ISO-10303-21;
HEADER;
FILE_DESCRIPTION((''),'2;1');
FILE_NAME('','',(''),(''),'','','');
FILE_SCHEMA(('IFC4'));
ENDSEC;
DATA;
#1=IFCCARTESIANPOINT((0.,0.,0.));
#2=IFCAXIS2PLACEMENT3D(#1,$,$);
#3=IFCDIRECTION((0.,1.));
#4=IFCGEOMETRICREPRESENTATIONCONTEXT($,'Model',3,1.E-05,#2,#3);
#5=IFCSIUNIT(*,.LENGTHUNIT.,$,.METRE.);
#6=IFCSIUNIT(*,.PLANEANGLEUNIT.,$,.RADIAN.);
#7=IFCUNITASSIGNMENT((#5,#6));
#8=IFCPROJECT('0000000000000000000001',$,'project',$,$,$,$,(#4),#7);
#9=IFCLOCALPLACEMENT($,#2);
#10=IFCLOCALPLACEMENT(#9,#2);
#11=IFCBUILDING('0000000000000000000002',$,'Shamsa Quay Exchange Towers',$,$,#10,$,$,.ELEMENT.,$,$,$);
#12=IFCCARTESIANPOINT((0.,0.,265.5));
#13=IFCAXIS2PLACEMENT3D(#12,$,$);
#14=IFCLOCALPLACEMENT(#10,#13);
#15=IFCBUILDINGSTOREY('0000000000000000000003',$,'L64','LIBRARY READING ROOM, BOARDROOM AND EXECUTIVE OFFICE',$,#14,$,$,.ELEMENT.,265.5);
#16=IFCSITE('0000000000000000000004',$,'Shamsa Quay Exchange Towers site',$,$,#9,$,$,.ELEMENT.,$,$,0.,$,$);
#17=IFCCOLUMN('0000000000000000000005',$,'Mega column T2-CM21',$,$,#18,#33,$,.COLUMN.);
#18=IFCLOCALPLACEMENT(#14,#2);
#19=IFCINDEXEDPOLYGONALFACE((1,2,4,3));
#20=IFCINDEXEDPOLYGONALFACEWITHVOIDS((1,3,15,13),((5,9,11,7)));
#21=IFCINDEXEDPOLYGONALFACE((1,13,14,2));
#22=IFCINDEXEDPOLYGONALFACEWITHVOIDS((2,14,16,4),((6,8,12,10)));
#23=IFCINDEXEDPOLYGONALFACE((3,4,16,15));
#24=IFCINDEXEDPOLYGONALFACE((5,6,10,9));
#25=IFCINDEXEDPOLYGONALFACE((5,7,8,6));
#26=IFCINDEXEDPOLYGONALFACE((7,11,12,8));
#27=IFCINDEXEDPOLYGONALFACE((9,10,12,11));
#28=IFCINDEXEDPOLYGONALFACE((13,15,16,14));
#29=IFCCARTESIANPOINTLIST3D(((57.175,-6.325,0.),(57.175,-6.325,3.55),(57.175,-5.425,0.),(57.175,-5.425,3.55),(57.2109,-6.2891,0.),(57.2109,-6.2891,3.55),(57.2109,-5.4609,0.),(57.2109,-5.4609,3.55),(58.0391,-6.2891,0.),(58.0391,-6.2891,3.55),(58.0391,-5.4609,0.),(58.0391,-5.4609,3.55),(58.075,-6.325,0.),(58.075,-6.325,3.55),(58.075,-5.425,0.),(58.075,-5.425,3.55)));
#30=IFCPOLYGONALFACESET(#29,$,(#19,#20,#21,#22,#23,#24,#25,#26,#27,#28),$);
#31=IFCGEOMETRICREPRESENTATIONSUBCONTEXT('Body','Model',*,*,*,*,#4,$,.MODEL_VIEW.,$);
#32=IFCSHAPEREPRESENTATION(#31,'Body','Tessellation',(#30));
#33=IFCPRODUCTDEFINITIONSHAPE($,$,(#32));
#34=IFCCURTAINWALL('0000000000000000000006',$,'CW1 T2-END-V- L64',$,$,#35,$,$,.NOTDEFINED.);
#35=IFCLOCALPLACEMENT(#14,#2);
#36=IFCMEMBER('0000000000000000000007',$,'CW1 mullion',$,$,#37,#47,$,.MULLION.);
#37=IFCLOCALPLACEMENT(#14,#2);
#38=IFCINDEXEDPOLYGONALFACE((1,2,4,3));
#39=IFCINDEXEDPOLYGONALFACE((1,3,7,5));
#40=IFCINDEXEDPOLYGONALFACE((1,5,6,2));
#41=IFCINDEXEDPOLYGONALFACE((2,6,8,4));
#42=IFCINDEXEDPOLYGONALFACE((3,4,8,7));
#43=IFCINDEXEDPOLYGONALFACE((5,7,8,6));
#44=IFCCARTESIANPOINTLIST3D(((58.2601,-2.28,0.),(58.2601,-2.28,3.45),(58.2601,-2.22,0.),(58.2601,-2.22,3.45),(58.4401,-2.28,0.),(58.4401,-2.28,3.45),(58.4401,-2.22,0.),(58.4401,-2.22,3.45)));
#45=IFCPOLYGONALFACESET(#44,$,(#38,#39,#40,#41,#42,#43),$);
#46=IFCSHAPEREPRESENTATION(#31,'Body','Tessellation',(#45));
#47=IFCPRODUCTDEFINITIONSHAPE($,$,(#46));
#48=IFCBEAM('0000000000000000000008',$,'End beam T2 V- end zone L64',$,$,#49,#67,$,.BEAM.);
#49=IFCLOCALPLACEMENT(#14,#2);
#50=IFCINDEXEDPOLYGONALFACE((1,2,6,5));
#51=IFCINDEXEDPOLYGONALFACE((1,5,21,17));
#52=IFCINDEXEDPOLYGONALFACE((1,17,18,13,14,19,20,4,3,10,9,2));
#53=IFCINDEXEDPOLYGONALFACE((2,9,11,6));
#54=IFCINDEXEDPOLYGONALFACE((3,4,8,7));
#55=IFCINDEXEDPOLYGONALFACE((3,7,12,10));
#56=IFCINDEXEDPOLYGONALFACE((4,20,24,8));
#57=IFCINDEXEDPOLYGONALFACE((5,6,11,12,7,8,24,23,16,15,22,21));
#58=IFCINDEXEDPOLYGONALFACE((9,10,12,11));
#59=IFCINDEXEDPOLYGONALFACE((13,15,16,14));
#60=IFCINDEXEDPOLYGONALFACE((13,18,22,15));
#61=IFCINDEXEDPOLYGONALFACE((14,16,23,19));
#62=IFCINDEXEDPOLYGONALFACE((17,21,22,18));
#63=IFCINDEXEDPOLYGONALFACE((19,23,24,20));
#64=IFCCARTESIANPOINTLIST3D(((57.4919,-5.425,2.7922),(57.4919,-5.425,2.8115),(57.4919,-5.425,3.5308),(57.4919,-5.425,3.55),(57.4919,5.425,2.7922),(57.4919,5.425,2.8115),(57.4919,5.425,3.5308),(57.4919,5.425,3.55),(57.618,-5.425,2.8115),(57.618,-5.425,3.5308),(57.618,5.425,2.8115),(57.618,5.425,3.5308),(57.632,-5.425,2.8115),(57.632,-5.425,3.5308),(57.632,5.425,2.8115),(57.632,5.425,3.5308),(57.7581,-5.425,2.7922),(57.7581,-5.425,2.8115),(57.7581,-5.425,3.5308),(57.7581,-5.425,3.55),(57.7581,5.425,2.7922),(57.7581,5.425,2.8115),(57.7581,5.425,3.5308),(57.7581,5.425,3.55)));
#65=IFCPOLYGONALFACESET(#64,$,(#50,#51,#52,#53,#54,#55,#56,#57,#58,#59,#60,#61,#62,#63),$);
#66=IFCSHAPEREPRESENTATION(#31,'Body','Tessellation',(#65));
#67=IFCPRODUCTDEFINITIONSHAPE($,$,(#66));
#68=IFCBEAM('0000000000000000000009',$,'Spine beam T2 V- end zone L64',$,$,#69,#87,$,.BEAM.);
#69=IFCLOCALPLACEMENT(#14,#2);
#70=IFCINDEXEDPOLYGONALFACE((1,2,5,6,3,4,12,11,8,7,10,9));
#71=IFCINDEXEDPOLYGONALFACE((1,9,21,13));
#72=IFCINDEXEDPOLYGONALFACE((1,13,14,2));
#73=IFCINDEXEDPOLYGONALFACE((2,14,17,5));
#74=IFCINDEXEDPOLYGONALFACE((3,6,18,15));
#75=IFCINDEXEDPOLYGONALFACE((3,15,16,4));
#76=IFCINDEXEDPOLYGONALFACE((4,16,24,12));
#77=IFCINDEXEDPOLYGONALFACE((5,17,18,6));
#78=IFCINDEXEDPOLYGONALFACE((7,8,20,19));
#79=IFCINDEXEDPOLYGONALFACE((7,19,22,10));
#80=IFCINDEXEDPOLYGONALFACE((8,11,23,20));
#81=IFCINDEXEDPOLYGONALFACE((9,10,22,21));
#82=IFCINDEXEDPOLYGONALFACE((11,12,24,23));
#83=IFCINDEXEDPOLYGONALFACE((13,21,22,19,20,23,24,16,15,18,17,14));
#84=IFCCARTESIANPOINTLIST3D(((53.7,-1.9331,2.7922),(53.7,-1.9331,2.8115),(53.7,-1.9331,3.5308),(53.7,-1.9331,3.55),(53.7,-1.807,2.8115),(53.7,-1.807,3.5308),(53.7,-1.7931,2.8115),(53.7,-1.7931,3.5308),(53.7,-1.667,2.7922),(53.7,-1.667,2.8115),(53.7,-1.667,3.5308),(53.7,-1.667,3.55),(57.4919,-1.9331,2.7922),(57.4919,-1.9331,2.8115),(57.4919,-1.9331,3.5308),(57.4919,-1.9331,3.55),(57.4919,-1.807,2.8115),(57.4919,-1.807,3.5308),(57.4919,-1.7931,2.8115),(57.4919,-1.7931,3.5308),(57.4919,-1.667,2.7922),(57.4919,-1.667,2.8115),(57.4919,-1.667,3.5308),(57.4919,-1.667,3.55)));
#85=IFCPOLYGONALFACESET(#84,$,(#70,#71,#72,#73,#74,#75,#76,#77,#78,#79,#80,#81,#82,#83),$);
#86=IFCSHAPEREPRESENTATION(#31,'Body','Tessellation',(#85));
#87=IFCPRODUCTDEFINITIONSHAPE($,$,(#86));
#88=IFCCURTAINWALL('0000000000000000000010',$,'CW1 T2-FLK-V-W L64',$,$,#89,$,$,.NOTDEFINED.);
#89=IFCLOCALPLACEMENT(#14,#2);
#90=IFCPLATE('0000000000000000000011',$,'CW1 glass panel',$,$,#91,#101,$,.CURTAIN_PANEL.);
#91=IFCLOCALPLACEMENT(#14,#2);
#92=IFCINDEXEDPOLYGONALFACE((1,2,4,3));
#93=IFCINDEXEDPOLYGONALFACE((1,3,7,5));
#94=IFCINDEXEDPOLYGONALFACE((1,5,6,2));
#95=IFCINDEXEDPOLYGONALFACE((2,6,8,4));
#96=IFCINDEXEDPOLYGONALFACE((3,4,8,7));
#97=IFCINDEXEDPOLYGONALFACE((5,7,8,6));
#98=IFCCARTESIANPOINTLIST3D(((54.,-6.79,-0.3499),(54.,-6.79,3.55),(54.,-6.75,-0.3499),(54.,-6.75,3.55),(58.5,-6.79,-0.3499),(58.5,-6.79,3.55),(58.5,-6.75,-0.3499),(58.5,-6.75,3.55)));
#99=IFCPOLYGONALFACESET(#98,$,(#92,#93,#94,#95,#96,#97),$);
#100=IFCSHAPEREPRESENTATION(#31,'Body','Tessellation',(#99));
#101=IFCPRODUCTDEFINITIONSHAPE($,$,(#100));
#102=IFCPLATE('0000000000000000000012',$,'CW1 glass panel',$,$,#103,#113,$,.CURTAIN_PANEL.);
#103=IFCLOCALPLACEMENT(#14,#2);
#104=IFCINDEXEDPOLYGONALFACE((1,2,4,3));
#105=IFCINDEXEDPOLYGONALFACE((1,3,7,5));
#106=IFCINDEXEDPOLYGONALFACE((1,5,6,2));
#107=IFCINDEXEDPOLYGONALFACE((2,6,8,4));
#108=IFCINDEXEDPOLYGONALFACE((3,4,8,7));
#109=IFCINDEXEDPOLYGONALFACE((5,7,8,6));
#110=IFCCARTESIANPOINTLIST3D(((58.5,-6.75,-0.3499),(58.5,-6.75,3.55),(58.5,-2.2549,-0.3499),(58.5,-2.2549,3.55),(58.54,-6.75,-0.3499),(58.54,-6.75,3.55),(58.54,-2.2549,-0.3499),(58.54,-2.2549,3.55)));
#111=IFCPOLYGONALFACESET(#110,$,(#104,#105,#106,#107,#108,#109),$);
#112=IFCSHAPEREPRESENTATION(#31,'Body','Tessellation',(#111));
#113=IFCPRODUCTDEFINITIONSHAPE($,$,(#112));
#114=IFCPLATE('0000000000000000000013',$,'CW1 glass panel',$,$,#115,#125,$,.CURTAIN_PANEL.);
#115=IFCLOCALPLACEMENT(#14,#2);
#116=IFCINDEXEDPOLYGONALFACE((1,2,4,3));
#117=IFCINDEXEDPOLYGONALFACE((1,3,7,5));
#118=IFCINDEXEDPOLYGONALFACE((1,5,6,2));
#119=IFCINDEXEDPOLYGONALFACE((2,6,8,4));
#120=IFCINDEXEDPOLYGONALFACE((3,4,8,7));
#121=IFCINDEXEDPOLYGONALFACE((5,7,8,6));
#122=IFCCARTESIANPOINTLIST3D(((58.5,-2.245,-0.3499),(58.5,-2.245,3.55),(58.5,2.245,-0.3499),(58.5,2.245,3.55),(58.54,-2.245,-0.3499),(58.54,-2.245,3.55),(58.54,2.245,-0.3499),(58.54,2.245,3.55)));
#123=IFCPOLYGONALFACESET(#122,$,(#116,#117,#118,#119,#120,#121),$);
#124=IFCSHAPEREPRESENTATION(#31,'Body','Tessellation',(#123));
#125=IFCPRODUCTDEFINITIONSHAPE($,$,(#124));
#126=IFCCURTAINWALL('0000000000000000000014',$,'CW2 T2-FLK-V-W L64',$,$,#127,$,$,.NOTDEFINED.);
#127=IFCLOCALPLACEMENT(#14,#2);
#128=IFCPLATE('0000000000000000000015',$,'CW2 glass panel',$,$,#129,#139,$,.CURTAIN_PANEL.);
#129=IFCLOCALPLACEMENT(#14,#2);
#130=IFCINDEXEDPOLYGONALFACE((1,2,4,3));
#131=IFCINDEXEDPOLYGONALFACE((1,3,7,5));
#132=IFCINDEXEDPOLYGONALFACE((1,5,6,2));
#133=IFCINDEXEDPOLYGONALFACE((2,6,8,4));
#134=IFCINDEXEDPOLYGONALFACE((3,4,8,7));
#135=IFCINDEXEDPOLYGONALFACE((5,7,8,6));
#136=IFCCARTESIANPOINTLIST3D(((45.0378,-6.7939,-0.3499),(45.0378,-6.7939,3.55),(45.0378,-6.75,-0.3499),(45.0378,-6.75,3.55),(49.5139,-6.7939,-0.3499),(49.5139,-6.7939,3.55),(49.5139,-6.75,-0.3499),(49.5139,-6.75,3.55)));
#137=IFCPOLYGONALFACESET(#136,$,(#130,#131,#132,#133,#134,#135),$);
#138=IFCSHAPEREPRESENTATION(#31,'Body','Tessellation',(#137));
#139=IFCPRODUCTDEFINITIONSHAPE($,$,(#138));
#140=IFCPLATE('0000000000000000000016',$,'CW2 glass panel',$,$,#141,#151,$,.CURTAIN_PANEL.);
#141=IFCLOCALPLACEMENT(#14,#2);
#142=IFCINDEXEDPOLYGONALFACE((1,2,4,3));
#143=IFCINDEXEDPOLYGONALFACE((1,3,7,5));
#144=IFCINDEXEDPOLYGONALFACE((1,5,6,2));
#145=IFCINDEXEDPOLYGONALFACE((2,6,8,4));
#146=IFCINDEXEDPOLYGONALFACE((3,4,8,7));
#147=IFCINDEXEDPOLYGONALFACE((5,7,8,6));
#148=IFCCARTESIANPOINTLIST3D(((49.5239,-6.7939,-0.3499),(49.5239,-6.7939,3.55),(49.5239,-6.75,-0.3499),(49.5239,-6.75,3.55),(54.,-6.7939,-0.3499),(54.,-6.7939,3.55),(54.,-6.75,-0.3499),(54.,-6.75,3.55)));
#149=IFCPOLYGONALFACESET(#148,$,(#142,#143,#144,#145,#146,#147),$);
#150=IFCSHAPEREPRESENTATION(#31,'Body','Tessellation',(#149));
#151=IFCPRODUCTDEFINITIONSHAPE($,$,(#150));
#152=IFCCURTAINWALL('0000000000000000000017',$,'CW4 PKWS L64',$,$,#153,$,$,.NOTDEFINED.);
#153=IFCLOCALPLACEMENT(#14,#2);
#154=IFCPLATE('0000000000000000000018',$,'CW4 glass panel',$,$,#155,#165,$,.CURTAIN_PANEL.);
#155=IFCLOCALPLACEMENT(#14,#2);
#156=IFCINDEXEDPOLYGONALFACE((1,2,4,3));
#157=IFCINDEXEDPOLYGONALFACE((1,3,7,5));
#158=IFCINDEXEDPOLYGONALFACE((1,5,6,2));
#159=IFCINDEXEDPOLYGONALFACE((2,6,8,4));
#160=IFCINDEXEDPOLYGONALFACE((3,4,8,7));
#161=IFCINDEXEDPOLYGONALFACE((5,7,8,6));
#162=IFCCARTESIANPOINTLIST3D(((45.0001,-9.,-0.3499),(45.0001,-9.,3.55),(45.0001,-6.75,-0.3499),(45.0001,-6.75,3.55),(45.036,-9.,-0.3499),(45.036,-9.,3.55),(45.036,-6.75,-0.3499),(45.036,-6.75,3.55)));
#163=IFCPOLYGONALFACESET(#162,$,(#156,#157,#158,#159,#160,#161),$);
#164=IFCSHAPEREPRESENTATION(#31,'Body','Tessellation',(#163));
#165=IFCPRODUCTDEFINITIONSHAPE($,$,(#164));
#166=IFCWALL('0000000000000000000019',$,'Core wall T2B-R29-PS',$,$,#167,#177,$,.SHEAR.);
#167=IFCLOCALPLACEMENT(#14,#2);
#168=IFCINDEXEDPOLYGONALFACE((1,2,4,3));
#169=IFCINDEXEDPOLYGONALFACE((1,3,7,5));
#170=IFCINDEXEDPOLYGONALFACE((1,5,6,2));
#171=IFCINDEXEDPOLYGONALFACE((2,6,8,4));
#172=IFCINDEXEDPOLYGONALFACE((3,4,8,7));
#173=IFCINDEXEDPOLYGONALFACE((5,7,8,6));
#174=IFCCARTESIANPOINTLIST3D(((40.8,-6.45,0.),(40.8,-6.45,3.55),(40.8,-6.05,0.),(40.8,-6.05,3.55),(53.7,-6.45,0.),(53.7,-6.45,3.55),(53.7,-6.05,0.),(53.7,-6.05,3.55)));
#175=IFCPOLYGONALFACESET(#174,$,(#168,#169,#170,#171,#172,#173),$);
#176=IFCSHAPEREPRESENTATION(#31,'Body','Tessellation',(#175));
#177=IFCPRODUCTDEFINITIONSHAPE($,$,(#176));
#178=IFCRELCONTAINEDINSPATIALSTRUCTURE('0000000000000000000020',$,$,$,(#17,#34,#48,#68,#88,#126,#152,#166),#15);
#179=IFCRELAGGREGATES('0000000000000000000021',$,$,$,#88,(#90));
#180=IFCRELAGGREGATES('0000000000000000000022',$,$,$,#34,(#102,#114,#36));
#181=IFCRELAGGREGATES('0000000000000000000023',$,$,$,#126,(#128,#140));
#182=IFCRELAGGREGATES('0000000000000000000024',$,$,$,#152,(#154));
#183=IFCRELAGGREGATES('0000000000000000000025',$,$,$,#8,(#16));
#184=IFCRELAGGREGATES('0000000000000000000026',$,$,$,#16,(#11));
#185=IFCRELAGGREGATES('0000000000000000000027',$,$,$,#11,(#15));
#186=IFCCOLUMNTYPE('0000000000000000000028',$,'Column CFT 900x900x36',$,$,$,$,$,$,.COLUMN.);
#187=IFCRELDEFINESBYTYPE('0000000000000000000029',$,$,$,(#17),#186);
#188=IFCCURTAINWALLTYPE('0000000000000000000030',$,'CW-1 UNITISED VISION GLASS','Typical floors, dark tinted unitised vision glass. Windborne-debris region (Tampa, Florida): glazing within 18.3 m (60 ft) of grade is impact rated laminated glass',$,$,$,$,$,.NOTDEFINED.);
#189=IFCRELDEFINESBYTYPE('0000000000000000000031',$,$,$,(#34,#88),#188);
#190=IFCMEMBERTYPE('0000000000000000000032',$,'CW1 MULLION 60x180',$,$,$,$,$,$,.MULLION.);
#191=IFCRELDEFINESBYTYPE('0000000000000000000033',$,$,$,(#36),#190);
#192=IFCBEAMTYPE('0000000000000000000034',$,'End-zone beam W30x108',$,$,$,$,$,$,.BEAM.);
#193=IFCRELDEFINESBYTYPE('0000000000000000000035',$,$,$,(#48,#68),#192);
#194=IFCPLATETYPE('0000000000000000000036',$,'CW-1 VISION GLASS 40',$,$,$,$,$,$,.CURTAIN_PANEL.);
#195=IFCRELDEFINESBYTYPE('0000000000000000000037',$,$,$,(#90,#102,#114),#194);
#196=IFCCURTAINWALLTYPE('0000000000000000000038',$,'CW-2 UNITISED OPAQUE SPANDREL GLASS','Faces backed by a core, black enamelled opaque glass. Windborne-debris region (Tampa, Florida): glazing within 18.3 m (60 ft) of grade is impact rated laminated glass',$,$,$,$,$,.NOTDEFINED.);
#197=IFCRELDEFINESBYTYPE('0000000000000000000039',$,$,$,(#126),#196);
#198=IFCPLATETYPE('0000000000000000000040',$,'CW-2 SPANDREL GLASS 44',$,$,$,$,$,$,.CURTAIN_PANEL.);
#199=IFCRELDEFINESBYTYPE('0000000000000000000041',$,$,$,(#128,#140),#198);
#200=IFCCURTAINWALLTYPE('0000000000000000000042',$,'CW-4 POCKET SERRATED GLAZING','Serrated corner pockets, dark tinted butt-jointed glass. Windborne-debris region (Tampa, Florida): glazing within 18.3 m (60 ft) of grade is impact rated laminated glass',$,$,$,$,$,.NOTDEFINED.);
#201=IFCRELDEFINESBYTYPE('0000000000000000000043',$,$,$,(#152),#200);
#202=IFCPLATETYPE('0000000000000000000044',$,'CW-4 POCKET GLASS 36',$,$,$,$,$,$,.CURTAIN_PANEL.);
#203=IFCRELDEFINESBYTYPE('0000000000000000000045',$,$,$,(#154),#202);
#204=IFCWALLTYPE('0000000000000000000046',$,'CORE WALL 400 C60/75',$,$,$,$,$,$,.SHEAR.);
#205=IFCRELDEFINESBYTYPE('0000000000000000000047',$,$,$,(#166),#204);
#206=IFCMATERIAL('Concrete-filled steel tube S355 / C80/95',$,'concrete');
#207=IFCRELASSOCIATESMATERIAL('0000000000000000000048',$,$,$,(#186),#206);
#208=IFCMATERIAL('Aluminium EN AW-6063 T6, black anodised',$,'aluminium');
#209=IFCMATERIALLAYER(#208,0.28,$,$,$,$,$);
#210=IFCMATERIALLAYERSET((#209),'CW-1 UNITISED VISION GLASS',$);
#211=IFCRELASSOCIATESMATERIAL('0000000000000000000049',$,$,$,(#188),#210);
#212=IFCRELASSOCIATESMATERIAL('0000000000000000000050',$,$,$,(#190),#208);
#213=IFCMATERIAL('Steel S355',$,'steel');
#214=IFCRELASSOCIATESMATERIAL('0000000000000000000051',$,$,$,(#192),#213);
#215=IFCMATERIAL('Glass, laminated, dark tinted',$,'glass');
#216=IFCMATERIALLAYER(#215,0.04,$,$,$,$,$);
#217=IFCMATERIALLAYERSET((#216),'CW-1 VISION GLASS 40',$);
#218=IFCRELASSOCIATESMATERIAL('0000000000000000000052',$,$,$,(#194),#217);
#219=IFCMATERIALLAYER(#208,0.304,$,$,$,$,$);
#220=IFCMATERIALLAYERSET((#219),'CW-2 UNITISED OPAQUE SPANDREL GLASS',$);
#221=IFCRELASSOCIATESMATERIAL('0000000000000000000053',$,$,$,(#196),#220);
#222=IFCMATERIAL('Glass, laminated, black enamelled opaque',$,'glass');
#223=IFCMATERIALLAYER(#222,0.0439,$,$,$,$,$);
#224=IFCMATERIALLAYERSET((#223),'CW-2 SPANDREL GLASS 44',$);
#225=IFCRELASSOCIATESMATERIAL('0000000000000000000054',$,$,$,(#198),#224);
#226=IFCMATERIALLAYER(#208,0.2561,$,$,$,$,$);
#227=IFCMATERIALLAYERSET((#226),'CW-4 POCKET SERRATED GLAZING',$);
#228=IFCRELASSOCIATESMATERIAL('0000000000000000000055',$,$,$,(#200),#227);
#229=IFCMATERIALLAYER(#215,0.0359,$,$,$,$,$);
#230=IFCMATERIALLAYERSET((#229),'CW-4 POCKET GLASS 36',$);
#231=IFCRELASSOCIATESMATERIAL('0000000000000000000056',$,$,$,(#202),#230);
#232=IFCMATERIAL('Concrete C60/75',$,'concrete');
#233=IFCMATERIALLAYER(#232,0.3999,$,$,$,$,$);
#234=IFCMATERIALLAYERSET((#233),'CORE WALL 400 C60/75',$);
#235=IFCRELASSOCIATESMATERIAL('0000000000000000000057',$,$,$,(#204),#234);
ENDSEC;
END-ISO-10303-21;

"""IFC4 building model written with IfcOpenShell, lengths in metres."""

from ifc_helpers import new_model, si_unit, direction, frame, frame_2d, origin, origin_2d, place, context, subcontext, project, spatial, rectangle, hollow_rectangle, i_section, extrude, material, layer, layer_set, material_profile, profile_set, type_object, element, aggregate, save


model = new_model("IFC4")

# Units and contexts
model_context = context("Model", 3, precision=1e-05, world=origin(), true_north=direction((0.0, 1.0)))
body_context = subcontext(model_context, "Body", "Model", "MODEL_VIEW")
ifc_project = project(units=[si_unit("LENGTHUNIT", "METRE"), si_unit("PLANEANGLEUNIT", "RADIAN")], contexts=[model_context])

# Site, building, storey
site_placement = place(None, origin())
site = spatial("IfcSite", under=ifc_project, at=site_placement, Name="Shamsa Quay Exchange Towers site", CompositionType="ELEMENT", RefElevation=0.0)
building_placement = place(site_placement, origin())
building = spatial("IfcBuilding", under=site, at=building_placement, Name="Shamsa Quay Exchange Towers", CompositionType="ELEMENT")
storey_placement = place(building_placement, frame((0.0, 0.0, 265.5)))
storey = spatial("IfcBuildingStorey", under=building, at=storey_placement, Name="L64", Description="LIBRARY READING ROOM, BOARDROOM AND EXECUTIVE OFFICE", CompositionType="ELEMENT", Elevation=265.5)

# Column
ifc_material_1 = material(Name="Concrete-filled steel tube S355 / C80/95", Category="concrete")
ifc_material_profile_1 = material_profile(ifc_material_1, hollow_rectangle(XDim=0.8999, YDim=0.8999, WallThickness=0.0359, at=origin_2d()), Name="CFT 900x900x36")
ifc_profile_set_1 = profile_set([ifc_material_profile_1], Name="Concrete-filled steel tube S355 / C80/95")
column_type = type_object("IfcColumnType", Name="Column CFT 900x900x36", PredefinedType="COLUMN", material=ifc_profile_set_1)
column_placement = place(storey_placement, frame((57.625, -5.875, 0.0)))
element("IfcColumn", 1, at=column_placement, inside=storey, type_object=column_type, Name="Mega column T2-CM21", PredefinedType="COLUMN", context=body_context, shape_type="SweptSolid", body=[
    extrude(hollow_rectangle(XDim=0.8999, YDim=0.8999, WallThickness=0.0359, at=origin_2d()), origin(), (0.0, 0.0, 1.0), 3.55),
])

# Curtain wall, member
ifc_material_2 = material(Name="Aluminium EN AW-6063 T6, black anodised", Category="aluminium")
ifc_layer_1 = layer(ifc_material_2, 0.28)
ifc_layer_set_1 = layer_set([ifc_layer_1], Name="CW-1 UNITISED VISION GLASS")
curtain_wall_type_1 = type_object("IfcCurtainWallType", Name="CW-1 UNITISED VISION GLASS", Description="Typical floors, dark tinted unitised vision glass. Windborne-debris region (Tampa, Florida): glazing within 18.3 m (60 ft) of grade is impact rated laminated glass", PredefinedType="NOTDEFINED", material=ifc_layer_set_1)
curtain_wall_1_placement = place(storey_placement, origin())
curtain_wall_1 = element("IfcCurtainWall", 2, at=curtain_wall_1_placement, inside=storey, type_object=curtain_wall_type_1, Name="CW1 T2-END-V- L64", PredefinedType="NOTDEFINED")
ifc_material_profile_2 = material_profile(ifc_material_2, rectangle(XDim=0.1799, YDim=0.0601, at=origin_2d()), Name="MU60x180")
ifc_profile_set_2 = profile_set([ifc_material_profile_2], Name="Aluminium EN AW-6063 T6, black anodised")
member_type = type_object("IfcMemberType", Name="CW1 MULLION 60x180", PredefinedType="MULLION", material=ifc_profile_set_2)
member_placement = place(storey_placement, frame((58.3501, -2.25, 0.0), z_axis=(0.0, 0.0, 1.0), x_axis=(-1.0, 0.0, 0.0)))
member = element("IfcMember", 3, at=member_placement, type_object=member_type, Name="CW1 mullion", PredefinedType="MULLION", context=body_context, shape_type="SweptSolid", body=[
    extrude(rectangle(XDim=0.1799, YDim=0.0601, at=origin_2d()), origin(), (0.0, 0.0, 1.0), 3.45),
])

# Beams
ifc_material_3 = material(Name="Steel S355", Category="steel")
ifc_material_profile_3 = material_profile(ifc_material_3, i_section(OverallWidth=0.2661, OverallDepth=0.7578, WebThickness=0.0139, FlangeThickness=0.0193, at=origin_2d()), Name="W30x108")
ifc_profile_set_3 = profile_set([ifc_material_profile_3], Name="Steel S355")
beam_type = type_object("IfcBeamType", Name="End-zone beam W30x108", PredefinedType="BEAM", material=ifc_profile_set_3)
beam_1_placement = place(storey_placement, frame((57.625, -5.425, 3.1711), z_axis=(0.0, 1.0, 0.0), x_axis=(-1.0, 0.0, 0.0)))
element("IfcBeam", 4, at=beam_1_placement, inside=storey, type_object=beam_type, Name="End beam T2 V- end zone L64", PredefinedType="BEAM", context=body_context, shape_type="SweptSolid", body=[
    extrude(i_section(OverallWidth=0.2661, OverallDepth=0.7578, WebThickness=0.0139, FlangeThickness=0.0193, at=origin_2d()), origin(), (0.0, 0.0, 1.0), 10.8501),
])
beam_2_placement = place(storey_placement, frame((53.7, -1.8, 3.1711), z_axis=(1.0, 0.0, 0.0), x_axis=(0.0, 1.0, 0.0)))
element("IfcBeam", 5, at=beam_2_placement, inside=storey, type_object=beam_type, Name="Spine beam T2 V- end zone L64", PredefinedType="BEAM", context=body_context, shape_type="SweptSolid", body=[
    extrude(i_section(OverallWidth=0.2661, OverallDepth=0.7578, WebThickness=0.0139, FlangeThickness=0.0193, at=origin_2d()), origin(), (0.0, 0.0, 1.0), 3.792),
])

# Curtain wall, plate
curtain_wall_2_placement = place(storey_placement, origin())
curtain_wall_2 = element("IfcCurtainWall", 6, at=curtain_wall_2_placement, inside=storey, type_object=curtain_wall_type_1, Name="CW1 T2-FLK-V-W L64", PredefinedType="NOTDEFINED")
ifc_material_4 = material(Name="Glass, laminated, dark tinted", Category="glass")
ifc_layer_2 = layer(ifc_material_4, 0.04)
ifc_layer_set_2 = layer_set([ifc_layer_2], Name="CW-1 VISION GLASS 40")
plate_type_1 = type_object("IfcPlateType", Name="CW-1 VISION GLASS 40", PredefinedType="CURTAIN_PANEL", material=ifc_layer_set_2)
plate_1_placement = place(storey_placement, frame((56.25, -6.77, -0.3499)))
plate_1 = element("IfcPlate", 7, at=plate_1_placement, type_object=plate_type_1, Name="CW1 glass panel", PredefinedType="CURTAIN_PANEL", context=body_context, shape_type="SweptSolid", body=[
    extrude(rectangle(XDim=4.5, YDim=0.04, at=origin_2d()), origin(), (0.0, 0.0, 1.0), 3.8999),
])
aggregate(curtain_wall_2, [plate_1])

# Plates
plate_2_placement = place(storey_placement, frame((58.52, -4.5024, -0.3499), z_axis=(0.0, 0.0, 1.0), x_axis=(0.0, 1.0, 0.0)))
plate_2 = element("IfcPlate", 8, at=plate_2_placement, type_object=plate_type_1, Name="CW1 glass panel", PredefinedType="CURTAIN_PANEL", context=body_context, shape_type="SweptSolid", body=[
    extrude(rectangle(XDim=4.4951, YDim=0.04, at=origin_2d()), origin(), (0.0, 0.0, 1.0), 3.8999),
])
plate_3_placement = place(storey_placement, frame((58.52, 0.0, -0.3499), z_axis=(0.0, 0.0, 1.0), x_axis=(0.0, 1.0, 0.0)))
plate_3 = element("IfcPlate", 9, at=plate_3_placement, type_object=plate_type_1, Name="CW1 glass panel", PredefinedType="CURTAIN_PANEL", context=body_context, shape_type="SweptSolid", body=[
    extrude(rectangle(XDim=4.49, YDim=0.04, at=origin_2d()), origin(), (0.0, 0.0, 1.0), 3.8999),
])
aggregate(curtain_wall_1, [plate_2, plate_3, member])

# Curtain wall, plates
ifc_layer_3 = layer(ifc_material_2, 0.304)
ifc_layer_set_3 = layer_set([ifc_layer_3], Name="CW-2 UNITISED OPAQUE SPANDREL GLASS")
curtain_wall_type_2 = type_object("IfcCurtainWallType", Name="CW-2 UNITISED OPAQUE SPANDREL GLASS", Description="Faces backed by a core, black enamelled opaque glass. Windborne-debris region (Tampa, Florida): glazing within 18.3 m (60 ft) of grade is impact rated laminated glass", PredefinedType="NOTDEFINED", material=ifc_layer_set_3)
curtain_wall_3_placement = place(storey_placement, origin())
curtain_wall_3 = element("IfcCurtainWall", 10, at=curtain_wall_3_placement, inside=storey, type_object=curtain_wall_type_2, Name="CW2 T2-FLK-V-W L64", PredefinedType="NOTDEFINED")
ifc_material_5 = material(Name="Glass, laminated, black enamelled opaque", Category="glass")
ifc_layer_4 = layer(ifc_material_5, 0.0439)
ifc_layer_set_4 = layer_set([ifc_layer_4], Name="CW-2 SPANDREL GLASS 44")
plate_type_2 = type_object("IfcPlateType", Name="CW-2 SPANDREL GLASS 44", PredefinedType="CURTAIN_PANEL", material=ifc_layer_set_4)
plate_4_placement = place(storey_placement, frame((47.2759, -6.772, -0.3499)))
plate_4 = element("IfcPlate", 11, at=plate_4_placement, type_object=plate_type_2, Name="CW2 glass panel", PredefinedType="CURTAIN_PANEL", context=body_context, shape_type="SweptSolid", body=[
    extrude(rectangle(XDim=4.4761, YDim=0.0439, at=origin_2d()), origin(), (0.0, 0.0, 1.0), 3.8999),
])
plate_5_placement = place(storey_placement, frame((51.762, -6.772, -0.3499)))
plate_5 = element("IfcPlate", 12, at=plate_5_placement, type_object=plate_type_2, Name="CW2 glass panel", PredefinedType="CURTAIN_PANEL", context=body_context, shape_type="SweptSolid", body=[
    extrude(rectangle(XDim=4.4761, YDim=0.0439, at=origin_2d()), origin(), (0.0, 0.0, 1.0), 3.8999),
])
aggregate(curtain_wall_3, [plate_4, plate_5])

# Curtain wall, plate
ifc_layer_5 = layer(ifc_material_2, 0.2561)
ifc_layer_set_5 = layer_set([ifc_layer_5], Name="CW-4 POCKET SERRATED GLAZING")
curtain_wall_type_3 = type_object("IfcCurtainWallType", Name="CW-4 POCKET SERRATED GLAZING", Description="Serrated corner pockets, dark tinted butt-jointed glass. Windborne-debris region (Tampa, Florida): glazing within 18.3 m (60 ft) of grade is impact rated laminated glass", PredefinedType="NOTDEFINED", material=ifc_layer_set_5)
curtain_wall_4_placement = place(storey_placement, origin())
curtain_wall_4 = element("IfcCurtainWall", 13, at=curtain_wall_4_placement, inside=storey, type_object=curtain_wall_type_3, Name="CW4 PKWS L64", PredefinedType="NOTDEFINED")
ifc_layer_6 = layer(ifc_material_4, 0.0359)
ifc_layer_set_6 = layer_set([ifc_layer_6], Name="CW-4 POCKET GLASS 36")
plate_type_3 = type_object("IfcPlateType", Name="CW-4 POCKET GLASS 36", PredefinedType="CURTAIN_PANEL", material=ifc_layer_set_6)
plate_6_placement = place(storey_placement, frame((45.0181, -7.875, -0.3499), z_axis=(0.0, 0.0, 1.0), x_axis=(0.0, 1.0, 0.0)))
plate_6 = element("IfcPlate", 14, at=plate_6_placement, type_object=plate_type_3, Name="CW4 glass panel", PredefinedType="CURTAIN_PANEL", context=body_context, shape_type="SweptSolid", body=[
    extrude(rectangle(XDim=2.25, YDim=0.0359, at=origin_2d()), origin(), (0.0, 0.0, 1.0), 3.8999),
])
aggregate(curtain_wall_4, [plate_6])

# Wall
ifc_material_6 = material(Name="Concrete C60/75", Category="concrete")
ifc_layer_7 = layer(ifc_material_6, 0.3999)
ifc_layer_set_7 = layer_set([ifc_layer_7], Name="CORE WALL 400 C60/75")
wall_type_1 = type_object("IfcWallType", Name="CORE WALL 400 C60/75", PredefinedType="SHEAR", material=ifc_layer_set_7)
wall_1_placement = place(storey_placement, frame((53.7, -6.25, 0.0), z_axis=(0.0, 0.0, 1.0), x_axis=(-1.0, 0.0, 0.0)))
element("IfcWall", 15, at=wall_1_placement, inside=storey, type_object=wall_type_1, Name="Core wall T2B-R29-PS", PredefinedType="SHEAR", context=body_context, shape_type="SweptSolid", body=[
    extrude(rectangle(XDim=12.8999, YDim=0.3999, at=frame_2d((6.45, 0.0))), origin(), (0.0, 0.0, 1.0), 3.55),
])

save(model, "model.ifc")
